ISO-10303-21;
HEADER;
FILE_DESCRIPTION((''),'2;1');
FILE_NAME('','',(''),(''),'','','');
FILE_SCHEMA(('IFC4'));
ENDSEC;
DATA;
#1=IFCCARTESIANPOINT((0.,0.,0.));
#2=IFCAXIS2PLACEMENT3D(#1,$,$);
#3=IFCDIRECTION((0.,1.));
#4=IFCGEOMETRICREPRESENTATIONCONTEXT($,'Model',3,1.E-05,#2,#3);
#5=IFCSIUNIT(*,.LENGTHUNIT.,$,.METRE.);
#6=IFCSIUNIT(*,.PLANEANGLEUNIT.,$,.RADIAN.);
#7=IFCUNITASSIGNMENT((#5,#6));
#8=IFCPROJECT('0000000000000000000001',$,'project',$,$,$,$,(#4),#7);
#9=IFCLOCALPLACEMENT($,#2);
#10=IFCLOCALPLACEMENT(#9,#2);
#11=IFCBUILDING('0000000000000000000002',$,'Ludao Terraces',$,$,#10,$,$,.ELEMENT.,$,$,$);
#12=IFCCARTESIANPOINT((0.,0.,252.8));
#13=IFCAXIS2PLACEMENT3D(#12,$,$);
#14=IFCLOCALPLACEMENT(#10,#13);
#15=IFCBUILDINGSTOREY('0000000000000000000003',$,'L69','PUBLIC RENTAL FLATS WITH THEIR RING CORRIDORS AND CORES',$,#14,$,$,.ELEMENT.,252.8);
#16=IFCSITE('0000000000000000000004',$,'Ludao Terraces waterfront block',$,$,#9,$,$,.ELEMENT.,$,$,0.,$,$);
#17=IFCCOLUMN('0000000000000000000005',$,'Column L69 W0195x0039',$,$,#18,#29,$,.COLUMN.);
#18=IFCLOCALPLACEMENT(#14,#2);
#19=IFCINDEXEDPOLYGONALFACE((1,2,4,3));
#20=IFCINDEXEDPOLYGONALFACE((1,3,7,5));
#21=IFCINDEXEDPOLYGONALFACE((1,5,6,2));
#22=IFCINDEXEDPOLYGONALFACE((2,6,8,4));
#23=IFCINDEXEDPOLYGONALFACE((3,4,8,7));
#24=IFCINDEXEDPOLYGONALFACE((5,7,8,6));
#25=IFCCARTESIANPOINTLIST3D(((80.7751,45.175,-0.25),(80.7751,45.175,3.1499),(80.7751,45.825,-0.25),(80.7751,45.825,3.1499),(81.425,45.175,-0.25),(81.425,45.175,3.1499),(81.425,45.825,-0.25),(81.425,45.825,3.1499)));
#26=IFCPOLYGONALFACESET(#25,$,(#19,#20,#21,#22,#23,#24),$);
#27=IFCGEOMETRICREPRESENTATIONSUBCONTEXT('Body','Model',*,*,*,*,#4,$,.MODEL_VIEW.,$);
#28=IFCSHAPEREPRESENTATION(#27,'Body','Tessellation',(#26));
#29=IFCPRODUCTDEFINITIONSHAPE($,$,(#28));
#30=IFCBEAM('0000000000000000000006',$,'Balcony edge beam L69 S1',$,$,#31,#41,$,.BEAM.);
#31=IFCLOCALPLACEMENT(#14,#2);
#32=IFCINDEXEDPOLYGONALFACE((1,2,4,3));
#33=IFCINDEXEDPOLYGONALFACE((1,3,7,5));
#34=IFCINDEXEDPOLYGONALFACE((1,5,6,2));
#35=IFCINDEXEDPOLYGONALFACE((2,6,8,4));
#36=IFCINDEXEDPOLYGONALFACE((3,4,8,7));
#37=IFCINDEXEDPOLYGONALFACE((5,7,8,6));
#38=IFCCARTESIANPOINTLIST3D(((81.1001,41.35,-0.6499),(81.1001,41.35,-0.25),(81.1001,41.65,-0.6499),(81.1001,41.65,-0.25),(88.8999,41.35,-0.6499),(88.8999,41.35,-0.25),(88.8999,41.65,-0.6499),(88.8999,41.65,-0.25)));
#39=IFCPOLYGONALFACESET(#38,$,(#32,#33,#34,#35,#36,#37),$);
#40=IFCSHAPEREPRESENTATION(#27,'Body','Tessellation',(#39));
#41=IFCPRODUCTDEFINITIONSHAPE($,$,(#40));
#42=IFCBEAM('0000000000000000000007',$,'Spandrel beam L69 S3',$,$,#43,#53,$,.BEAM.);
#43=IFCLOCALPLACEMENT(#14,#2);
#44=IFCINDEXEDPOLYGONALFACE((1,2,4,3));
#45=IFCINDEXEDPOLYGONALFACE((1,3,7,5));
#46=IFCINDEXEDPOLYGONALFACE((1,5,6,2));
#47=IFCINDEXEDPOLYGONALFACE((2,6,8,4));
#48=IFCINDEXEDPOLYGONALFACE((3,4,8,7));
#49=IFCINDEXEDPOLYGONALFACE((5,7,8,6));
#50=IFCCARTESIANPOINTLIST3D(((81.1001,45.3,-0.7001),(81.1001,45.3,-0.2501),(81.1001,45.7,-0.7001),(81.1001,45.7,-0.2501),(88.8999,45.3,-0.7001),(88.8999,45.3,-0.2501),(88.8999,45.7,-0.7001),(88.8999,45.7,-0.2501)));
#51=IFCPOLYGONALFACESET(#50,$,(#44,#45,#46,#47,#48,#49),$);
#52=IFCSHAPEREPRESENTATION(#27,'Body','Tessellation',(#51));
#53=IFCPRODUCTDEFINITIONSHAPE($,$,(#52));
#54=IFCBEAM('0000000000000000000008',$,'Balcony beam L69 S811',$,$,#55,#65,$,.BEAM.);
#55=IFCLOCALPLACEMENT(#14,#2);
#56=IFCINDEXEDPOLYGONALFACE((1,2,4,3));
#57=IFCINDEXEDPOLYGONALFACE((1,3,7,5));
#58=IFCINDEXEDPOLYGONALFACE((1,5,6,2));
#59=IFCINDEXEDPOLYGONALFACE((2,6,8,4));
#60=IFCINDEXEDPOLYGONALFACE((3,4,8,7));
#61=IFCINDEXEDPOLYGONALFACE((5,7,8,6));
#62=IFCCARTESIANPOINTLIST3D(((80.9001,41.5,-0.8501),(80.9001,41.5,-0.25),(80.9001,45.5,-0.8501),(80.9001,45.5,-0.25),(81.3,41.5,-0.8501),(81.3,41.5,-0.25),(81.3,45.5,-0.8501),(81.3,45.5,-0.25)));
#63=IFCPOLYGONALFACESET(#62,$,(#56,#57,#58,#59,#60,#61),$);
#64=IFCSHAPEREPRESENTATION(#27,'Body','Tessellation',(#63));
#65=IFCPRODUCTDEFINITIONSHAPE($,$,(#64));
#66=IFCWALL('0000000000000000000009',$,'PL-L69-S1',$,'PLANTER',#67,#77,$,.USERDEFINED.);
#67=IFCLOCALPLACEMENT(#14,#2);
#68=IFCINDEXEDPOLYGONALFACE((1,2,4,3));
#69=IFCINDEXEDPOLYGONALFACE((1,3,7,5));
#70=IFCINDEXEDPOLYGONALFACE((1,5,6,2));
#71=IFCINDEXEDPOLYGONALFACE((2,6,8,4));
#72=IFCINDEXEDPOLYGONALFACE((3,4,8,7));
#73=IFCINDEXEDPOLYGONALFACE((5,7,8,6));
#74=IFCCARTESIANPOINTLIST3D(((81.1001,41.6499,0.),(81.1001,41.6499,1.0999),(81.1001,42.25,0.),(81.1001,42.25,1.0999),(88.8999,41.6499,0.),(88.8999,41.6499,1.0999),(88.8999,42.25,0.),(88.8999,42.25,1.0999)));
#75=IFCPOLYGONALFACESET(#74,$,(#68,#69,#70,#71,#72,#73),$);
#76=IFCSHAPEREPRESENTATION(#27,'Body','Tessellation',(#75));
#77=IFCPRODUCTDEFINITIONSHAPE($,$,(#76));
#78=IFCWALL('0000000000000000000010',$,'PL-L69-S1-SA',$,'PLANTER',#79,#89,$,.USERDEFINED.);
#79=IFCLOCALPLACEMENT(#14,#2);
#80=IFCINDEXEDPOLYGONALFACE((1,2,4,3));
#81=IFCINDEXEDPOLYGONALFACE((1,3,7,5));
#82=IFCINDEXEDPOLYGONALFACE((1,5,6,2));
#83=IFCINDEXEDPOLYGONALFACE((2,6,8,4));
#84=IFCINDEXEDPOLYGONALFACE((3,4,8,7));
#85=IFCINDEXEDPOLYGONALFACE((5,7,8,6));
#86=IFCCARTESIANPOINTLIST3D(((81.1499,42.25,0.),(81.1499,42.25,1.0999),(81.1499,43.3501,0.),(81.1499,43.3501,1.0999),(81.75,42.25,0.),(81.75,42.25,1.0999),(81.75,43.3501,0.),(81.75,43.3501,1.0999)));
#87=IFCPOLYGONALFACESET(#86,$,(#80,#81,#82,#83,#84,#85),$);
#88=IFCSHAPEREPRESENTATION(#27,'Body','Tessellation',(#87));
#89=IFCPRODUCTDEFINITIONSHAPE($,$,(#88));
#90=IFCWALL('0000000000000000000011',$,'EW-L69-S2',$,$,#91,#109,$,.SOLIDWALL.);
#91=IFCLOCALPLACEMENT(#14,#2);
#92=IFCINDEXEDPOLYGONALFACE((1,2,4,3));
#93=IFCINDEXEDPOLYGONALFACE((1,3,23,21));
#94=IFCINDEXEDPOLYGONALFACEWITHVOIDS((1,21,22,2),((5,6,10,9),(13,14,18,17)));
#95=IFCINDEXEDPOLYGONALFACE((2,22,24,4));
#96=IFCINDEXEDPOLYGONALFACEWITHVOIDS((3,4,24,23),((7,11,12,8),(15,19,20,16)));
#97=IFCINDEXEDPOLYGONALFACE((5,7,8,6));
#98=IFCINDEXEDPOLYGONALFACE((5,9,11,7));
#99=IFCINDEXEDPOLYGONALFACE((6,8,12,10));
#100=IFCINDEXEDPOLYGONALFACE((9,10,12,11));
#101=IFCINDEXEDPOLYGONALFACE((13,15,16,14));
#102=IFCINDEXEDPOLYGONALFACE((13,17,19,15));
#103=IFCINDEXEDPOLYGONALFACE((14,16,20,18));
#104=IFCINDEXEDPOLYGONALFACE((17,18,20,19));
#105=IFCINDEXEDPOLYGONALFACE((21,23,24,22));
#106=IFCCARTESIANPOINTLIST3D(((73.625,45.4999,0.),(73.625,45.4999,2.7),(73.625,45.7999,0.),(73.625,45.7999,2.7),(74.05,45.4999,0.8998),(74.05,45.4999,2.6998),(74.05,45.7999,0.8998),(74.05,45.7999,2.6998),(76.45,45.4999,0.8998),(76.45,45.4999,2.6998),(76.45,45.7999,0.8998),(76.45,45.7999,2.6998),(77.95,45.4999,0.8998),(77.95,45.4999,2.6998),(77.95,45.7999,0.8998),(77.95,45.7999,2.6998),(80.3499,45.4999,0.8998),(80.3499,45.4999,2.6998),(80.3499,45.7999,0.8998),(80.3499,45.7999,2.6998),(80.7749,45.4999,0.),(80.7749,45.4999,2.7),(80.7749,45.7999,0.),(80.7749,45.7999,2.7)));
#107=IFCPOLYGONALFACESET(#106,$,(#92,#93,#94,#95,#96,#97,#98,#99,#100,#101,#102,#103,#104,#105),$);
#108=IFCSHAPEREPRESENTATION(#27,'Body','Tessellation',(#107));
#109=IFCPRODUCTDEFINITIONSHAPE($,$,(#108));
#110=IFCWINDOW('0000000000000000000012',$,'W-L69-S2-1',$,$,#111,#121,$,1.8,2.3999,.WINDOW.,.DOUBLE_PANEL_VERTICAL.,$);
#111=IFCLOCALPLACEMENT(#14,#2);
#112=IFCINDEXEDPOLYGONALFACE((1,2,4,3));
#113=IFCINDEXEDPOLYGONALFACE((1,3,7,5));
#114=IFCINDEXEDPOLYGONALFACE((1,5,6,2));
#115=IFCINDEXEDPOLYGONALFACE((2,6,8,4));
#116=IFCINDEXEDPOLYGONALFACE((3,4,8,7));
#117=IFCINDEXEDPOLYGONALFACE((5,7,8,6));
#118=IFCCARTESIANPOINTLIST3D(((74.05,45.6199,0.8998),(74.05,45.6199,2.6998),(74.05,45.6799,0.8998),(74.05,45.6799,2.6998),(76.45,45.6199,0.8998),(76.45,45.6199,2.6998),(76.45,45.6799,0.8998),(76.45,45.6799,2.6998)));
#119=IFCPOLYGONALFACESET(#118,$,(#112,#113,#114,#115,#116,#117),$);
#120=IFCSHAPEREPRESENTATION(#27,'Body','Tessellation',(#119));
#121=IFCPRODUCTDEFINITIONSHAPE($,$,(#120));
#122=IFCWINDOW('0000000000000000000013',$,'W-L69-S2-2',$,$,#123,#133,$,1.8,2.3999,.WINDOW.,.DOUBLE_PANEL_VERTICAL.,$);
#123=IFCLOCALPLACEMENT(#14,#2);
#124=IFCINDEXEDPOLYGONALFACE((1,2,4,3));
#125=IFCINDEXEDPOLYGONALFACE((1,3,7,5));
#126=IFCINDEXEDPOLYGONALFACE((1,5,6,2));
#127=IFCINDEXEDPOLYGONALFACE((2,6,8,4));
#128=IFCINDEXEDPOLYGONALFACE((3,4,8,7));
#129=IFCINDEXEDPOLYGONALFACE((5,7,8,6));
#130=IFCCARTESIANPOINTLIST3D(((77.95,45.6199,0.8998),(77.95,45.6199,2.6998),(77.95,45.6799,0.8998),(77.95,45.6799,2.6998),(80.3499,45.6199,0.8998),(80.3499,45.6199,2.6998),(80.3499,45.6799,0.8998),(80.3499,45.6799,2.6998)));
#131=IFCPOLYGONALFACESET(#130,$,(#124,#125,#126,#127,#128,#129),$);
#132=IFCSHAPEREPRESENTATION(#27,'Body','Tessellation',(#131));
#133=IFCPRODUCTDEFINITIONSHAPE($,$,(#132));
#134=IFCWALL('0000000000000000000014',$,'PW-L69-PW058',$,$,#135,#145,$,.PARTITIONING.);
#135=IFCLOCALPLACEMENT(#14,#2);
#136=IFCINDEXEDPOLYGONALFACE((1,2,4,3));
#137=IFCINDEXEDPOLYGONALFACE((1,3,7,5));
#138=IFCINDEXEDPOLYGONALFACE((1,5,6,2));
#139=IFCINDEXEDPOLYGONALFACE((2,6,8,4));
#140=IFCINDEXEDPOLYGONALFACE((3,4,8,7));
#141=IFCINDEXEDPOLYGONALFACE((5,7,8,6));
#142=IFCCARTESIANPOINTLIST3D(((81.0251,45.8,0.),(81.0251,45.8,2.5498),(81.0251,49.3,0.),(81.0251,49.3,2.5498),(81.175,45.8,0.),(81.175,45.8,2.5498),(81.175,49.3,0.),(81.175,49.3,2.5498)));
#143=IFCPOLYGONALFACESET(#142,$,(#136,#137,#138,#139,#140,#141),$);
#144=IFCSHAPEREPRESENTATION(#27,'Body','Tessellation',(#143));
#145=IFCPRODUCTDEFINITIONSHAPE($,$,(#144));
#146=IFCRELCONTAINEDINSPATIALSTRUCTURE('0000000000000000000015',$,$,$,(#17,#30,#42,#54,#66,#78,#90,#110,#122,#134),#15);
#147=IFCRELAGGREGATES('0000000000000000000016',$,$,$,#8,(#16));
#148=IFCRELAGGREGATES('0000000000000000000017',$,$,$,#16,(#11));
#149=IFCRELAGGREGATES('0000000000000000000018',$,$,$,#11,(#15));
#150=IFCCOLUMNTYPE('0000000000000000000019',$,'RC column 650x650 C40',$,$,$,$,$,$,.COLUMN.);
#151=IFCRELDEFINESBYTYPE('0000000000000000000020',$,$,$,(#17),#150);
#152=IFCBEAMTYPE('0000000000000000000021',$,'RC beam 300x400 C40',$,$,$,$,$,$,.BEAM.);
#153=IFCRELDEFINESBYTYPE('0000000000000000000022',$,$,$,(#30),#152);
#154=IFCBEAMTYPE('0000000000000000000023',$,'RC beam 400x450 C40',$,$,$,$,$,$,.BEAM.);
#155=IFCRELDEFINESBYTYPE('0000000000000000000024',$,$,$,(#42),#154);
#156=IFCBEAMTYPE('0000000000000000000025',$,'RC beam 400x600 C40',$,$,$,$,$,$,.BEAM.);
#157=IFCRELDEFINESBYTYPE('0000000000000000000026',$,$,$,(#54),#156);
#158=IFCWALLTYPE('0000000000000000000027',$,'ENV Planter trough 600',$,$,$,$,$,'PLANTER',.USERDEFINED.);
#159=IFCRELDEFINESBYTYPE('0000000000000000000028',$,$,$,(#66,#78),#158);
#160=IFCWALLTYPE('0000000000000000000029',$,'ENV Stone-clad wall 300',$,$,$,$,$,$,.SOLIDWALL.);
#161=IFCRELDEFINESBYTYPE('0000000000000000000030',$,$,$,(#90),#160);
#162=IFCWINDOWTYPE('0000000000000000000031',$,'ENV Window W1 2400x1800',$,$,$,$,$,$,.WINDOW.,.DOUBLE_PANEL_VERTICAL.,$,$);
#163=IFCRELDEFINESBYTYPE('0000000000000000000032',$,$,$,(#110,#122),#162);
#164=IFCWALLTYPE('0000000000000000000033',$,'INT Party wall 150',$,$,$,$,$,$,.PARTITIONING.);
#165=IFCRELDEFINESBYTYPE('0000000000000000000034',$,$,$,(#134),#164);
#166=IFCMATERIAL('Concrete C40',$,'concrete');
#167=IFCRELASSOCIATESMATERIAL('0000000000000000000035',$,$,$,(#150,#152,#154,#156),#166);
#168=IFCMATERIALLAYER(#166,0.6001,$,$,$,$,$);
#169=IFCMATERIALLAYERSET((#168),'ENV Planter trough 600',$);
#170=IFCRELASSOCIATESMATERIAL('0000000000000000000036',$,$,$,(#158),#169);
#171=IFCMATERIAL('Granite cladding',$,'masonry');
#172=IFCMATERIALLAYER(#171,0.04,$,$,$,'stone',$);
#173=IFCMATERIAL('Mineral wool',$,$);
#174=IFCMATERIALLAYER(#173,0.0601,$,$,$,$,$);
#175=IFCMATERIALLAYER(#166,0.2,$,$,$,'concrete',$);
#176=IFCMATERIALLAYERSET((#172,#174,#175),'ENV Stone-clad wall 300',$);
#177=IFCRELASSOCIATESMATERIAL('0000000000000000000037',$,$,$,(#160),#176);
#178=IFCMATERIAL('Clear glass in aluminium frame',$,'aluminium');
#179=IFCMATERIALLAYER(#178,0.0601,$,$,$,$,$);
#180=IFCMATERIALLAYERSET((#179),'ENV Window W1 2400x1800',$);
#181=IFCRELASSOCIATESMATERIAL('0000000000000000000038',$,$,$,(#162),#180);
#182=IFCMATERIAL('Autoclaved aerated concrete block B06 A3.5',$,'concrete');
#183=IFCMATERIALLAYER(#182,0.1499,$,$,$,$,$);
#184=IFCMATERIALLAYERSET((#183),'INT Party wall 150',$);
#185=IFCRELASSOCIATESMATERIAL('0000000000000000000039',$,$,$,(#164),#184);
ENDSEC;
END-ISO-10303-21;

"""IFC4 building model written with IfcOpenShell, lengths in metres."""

from ifc_helpers import new_model, si_unit, direction, frame, frame_2d, origin, origin_2d, place, context, subcontext, project, spatial, rectangle, extrude, material, layer, layer_set, material_profile, profile_set, type_object, element, fill, save


model = new_model("IFC4")

# Units and contexts
model_context = context("Model", 3, precision=1e-05, world=origin(), true_north=direction((0.0, 1.0)))
body_context = subcontext(model_context, "Body", "Model", "MODEL_VIEW")
ifc_project = project(units=[si_unit("LENGTHUNIT", "METRE"), si_unit("PLANEANGLEUNIT", "RADIAN")], contexts=[model_context])

# Site, building, storey
site_placement = place(None, origin())
site = spatial("IfcSite", under=ifc_project, at=site_placement, Name="Ludao Terraces waterfront block", CompositionType="ELEMENT", RefElevation=0.0)
building_placement = place(site_placement, origin())
building = spatial("IfcBuilding", under=site, at=building_placement, Name="Ludao Terraces", CompositionType="ELEMENT")
storey_placement = place(building_placement, frame((0.0, 0.0, 252.8)))
storey = spatial("IfcBuildingStorey", under=building, at=storey_placement, Name="L69", Description="PUBLIC RENTAL FLATS WITH THEIR RING CORRIDORS AND CORES", CompositionType="ELEMENT", Elevation=252.8)

# Column
ifc_material_1 = material(Name="Concrete C40", Category="concrete")
ifc_material_profile_1 = material_profile(ifc_material_1, rectangle(XDim=0.6499, YDim=0.6499, at=origin_2d()), Name="650 X 650")
ifc_profile_set_1 = profile_set([ifc_material_profile_1], Name="Concrete C40")
column_type = type_object("IfcColumnType", Name="RC column 650x650 C40", PredefinedType="COLUMN", material=ifc_profile_set_1)
column_placement = place(storey_placement, frame((81.1001, 45.5, -0.25), z_axis=(0.0, 0.0, 1.0), x_axis=(1.0, 0.0, 0.0)))
element("IfcColumn", 1, at=column_placement, inside=storey, type_object=column_type, Name="Column L69 W0195x0039", PredefinedType="COLUMN", context=body_context, shape_type="SweptSolid", body=[
    extrude(rectangle(XDim=0.6499, YDim=0.6499, at=origin_2d()), origin(), (0.0, 0.0, 1.0), 3.3999),
])

# Beams
ifc_material_profile_2 = material_profile(ifc_material_1, rectangle(XDim=0.3, YDim=0.3999, at=origin_2d()), Name="300 X 400")
ifc_profile_set_2 = profile_set([ifc_material_profile_2], Name="Concrete C40")
beam_type_1 = type_object("IfcBeamType", Name="RC beam 300x400 C40", PredefinedType="BEAM", material=ifc_profile_set_2)
beam_1_placement = place(storey_placement, frame((81.1001, 41.5, -0.45), z_axis=(1.0, 0.0, 0.0), x_axis=(0.0, 1.0, 0.0)))
element("IfcBeam", 2, at=beam_1_placement, inside=storey, type_object=beam_type_1, Name="Balcony edge beam L69 S1", PredefinedType="BEAM", context=body_context, shape_type="SweptSolid", body=[
    extrude(rectangle(XDim=0.3, YDim=0.3999, at=origin_2d()), origin(), (0.0, 0.0, 1.0), 7.7998),
])
ifc_material_profile_3 = material_profile(ifc_material_1, rectangle(XDim=0.3999, YDim=0.45, at=origin_2d()), Name="400 X 450")
ifc_profile_set_3 = profile_set([ifc_material_profile_3], Name="Concrete C40")
beam_type_2 = type_object("IfcBeamType", Name="RC beam 400x450 C40", PredefinedType="BEAM", material=ifc_profile_set_3)
beam_2_placement = place(storey_placement, frame((81.1001, 45.5, -0.4751), z_axis=(1.0, 0.0, 0.0), x_axis=(0.0, 1.0, 0.0)))
element("IfcBeam", 3, at=beam_2_placement, inside=storey, type_object=beam_type_2, Name="Spandrel beam L69 S3", PredefinedType="BEAM", context=body_context, shape_type="SweptSolid", body=[
    extrude(rectangle(XDim=0.3999, YDim=0.45, at=origin_2d()), origin(), (0.0, 0.0, 1.0), 7.7998),
])
ifc_material_profile_4 = material_profile(ifc_material_1, rectangle(XDim=0.3999, YDim=0.6001, at=origin_2d()), Name="400 X 600")
ifc_profile_set_4 = profile_set([ifc_material_profile_4], Name="Concrete C40")
beam_type_3 = type_object("IfcBeamType", Name="RC beam 400x600 C40", PredefinedType="BEAM", material=ifc_profile_set_4)
beam_3_placement = place(storey_placement, frame((81.1001, 45.5, -0.55), z_axis=(0.0, -1.0, 0.0), x_axis=(1.0, 0.0, 0.0)))
element("IfcBeam", 4, at=beam_3_placement, inside=storey, type_object=beam_type_3, Name="Balcony beam L69 S811", PredefinedType="BEAM", context=body_context, shape_type="SweptSolid", body=[
    extrude(rectangle(XDim=0.3999, YDim=0.6001, at=origin_2d()), origin(), (0.0, 0.0, 1.0), 4.0),
])

# Walls
ifc_layer_1 = layer(ifc_material_1, 0.6001)
ifc_layer_set_1 = layer_set([ifc_layer_1], Name="ENV Planter trough 600")
wall_type_1 = type_object("IfcWallType", Name="ENV Planter trough 600", ElementType="PLANTER", PredefinedType="USERDEFINED", material=ifc_layer_set_1)
wall_1_placement = place(storey_placement, frame((81.1001, 41.95, 0.0), z_axis=(0.0, 0.0, 1.0), x_axis=(1.0, 0.0, 0.0)))
element("IfcWall", 5, at=wall_1_placement, inside=storey, type_object=wall_type_1, Name="PL-L69-S1", ObjectType="PLANTER", PredefinedType="USERDEFINED", context=body_context, shape_type="SweptSolid", body=[
    extrude(rectangle(XDim=7.7998, YDim=0.6001, at=frame_2d((3.8999, 0.0))), origin(), (0.0, 0.0, 1.0), 1.0999),
])
wall_2_placement = place(storey_placement, frame((81.45, 42.25, 0.0), z_axis=(0.0, 0.0, 1.0), x_axis=(0.0, 1.0, 0.0)))
element("IfcWall", 6, at=wall_2_placement, inside=storey, type_object=wall_type_1, Name="PL-L69-S1-SA", ObjectType="PLANTER", PredefinedType="USERDEFINED", context=body_context, shape_type="SweptSolid", body=[
    extrude(rectangle(XDim=1.1001, YDim=0.6001, at=frame_2d((0.55, 0.0))), origin(), (0.0, 0.0, 1.0), 1.0999),
])

# Wall, openings, windows
ifc_material_2 = material(Name="Granite cladding", Category="masonry")
ifc_layer_2 = layer(ifc_material_2, 0.04, Category="stone")
ifc_material_3 = material(Name="Mineral wool")
ifc_layer_3 = layer(ifc_material_3, 0.0601)
ifc_layer_4 = layer(ifc_material_1, 0.2, Category="concrete")
ifc_layer_set_2 = layer_set([ifc_layer_2, ifc_layer_3, ifc_layer_4], Name="ENV Stone-clad wall 300")
wall_type_2 = type_object("IfcWallType", Name="ENV Stone-clad wall 300", PredefinedType="SOLIDWALL", material=ifc_layer_set_2)
wall_3_placement = place(storey_placement, frame((73.625, 45.6499, 0.0), z_axis=(0.0, 0.0, 1.0), x_axis=(1.0, 0.0, 0.0)))
wall_3 = element("IfcWall", 7, at=wall_3_placement, inside=storey, type_object=wall_type_2, Name="EW-L69-S2", PredefinedType="SOLIDWALL", context=body_context, shape_type="SweptSolid", body=[
    extrude(rectangle(XDim=7.1499, YDim=0.3, at=frame_2d((3.575, 0.0))), origin(), (0.0, 0.0, 1.0), 2.7),
])
opening_1_placement = place(wall_3_placement, frame((0.425, 0.0, 0.8999)))
opening_1 = element("IfcOpeningElement", 8, at=opening_1_placement, cuts=wall_3, PredefinedType="OPENING", context=body_context, shape_type="SweptSolid", body=[
    extrude(rectangle(XDim=2.3999, YDim=1.8, at=frame_2d((1.2, 0.8999))), frame((0.0, 0.1602, 0.0), z_axis=(0.0, -1.0, 0.0), x_axis=(1.0, 0.0, 0.0)), (0.0, 0.0, 1.0), 0.3201),
])
opening_2_placement = place(wall_3_placement, frame((4.325, 0.0, 0.8999)))
opening_2 = element("IfcOpeningElement", 9, at=opening_2_placement, cuts=wall_3, PredefinedType="OPENING", context=body_context, shape_type="SweptSolid", body=[
    extrude(rectangle(XDim=2.3999, YDim=1.8, at=frame_2d((1.2, 0.8999))), frame((0.0, 0.1602, 0.0), z_axis=(0.0, -1.0, 0.0), x_axis=(1.0, 0.0, 0.0)), (0.0, 0.0, 1.0), 0.3201),
])
ifc_material_4 = material(Name="Clear glass in aluminium frame", Category="aluminium")
ifc_layer_5 = layer(ifc_material_4, 0.0601)
ifc_layer_set_3 = layer_set([ifc_layer_5], Name="ENV Window W1 2400x1800")
window_type = type_object("IfcWindowType", Name="ENV Window W1 2400x1800", PartitioningType="DOUBLE_PANEL_VERTICAL", PredefinedType="WINDOW", material=ifc_layer_set_3)
window_1_placement = place(opening_1_placement, origin())
window_1 = element("IfcWindow", 10, at=window_1_placement, inside=storey, type_object=window_type, Name="W-L69-S2-1", OverallHeight=1.8, OverallWidth=2.3999, PartitioningType="DOUBLE_PANEL_VERTICAL", PredefinedType="WINDOW", context=body_context, shape_type="SweptSolid", body=[
    extrude(rectangle(XDim=2.3999, YDim=1.8, at=frame_2d((1.2, 0.8999))), frame((0.0, 0.03, 0.0), z_axis=(0.0, -1.0, 0.0), x_axis=(1.0, 0.0, 0.0)), (0.0, 0.0, 1.0), 0.0601),
])
fill(opening_1, window_1)
window_2_placement = place(opening_2_placement, origin())
window_2 = element("IfcWindow", 11, at=window_2_placement, inside=storey, type_object=window_type, Name="W-L69-S2-2", OverallHeight=1.8, OverallWidth=2.3999, PartitioningType="DOUBLE_PANEL_VERTICAL", PredefinedType="WINDOW", context=body_context, shape_type="SweptSolid", body=[
    extrude(rectangle(XDim=2.3999, YDim=1.8, at=frame_2d((1.2, 0.8999))), frame((0.0, 0.03, 0.0), z_axis=(0.0, -1.0, 0.0), x_axis=(1.0, 0.0, 0.0)), (0.0, 0.0, 1.0), 0.0601),
])
fill(opening_2, window_2)

# Wall
ifc_material_5 = material(Name="Autoclaved aerated concrete block B06 A3.5", Category="concrete")
ifc_layer_6 = layer(ifc_material_5, 0.1499)
ifc_layer_set_4 = layer_set([ifc_layer_6], Name="INT Party wall 150")
wall_type_3 = type_object("IfcWallType", Name="INT Party wall 150", PredefinedType="PARTITIONING", material=ifc_layer_set_4)
wall_4_placement = place(storey_placement, frame((81.1001, 45.8, 0.0), z_axis=(0.0, 0.0, 1.0), x_axis=(0.0, 1.0, 0.0)))
element("IfcWall", 12, at=wall_4_placement, inside=storey, type_object=wall_type_3, Name="PW-L69-PW058", PredefinedType="PARTITIONING", context=body_context, shape_type="SweptSolid", body=[
    extrude(rectangle(XDim=3.5, YDim=0.1499, at=frame_2d((1.75, 0.0))), origin(), (0.0, 0.0, 1.0), 2.5498),
])

save(model, "model.ifc")
